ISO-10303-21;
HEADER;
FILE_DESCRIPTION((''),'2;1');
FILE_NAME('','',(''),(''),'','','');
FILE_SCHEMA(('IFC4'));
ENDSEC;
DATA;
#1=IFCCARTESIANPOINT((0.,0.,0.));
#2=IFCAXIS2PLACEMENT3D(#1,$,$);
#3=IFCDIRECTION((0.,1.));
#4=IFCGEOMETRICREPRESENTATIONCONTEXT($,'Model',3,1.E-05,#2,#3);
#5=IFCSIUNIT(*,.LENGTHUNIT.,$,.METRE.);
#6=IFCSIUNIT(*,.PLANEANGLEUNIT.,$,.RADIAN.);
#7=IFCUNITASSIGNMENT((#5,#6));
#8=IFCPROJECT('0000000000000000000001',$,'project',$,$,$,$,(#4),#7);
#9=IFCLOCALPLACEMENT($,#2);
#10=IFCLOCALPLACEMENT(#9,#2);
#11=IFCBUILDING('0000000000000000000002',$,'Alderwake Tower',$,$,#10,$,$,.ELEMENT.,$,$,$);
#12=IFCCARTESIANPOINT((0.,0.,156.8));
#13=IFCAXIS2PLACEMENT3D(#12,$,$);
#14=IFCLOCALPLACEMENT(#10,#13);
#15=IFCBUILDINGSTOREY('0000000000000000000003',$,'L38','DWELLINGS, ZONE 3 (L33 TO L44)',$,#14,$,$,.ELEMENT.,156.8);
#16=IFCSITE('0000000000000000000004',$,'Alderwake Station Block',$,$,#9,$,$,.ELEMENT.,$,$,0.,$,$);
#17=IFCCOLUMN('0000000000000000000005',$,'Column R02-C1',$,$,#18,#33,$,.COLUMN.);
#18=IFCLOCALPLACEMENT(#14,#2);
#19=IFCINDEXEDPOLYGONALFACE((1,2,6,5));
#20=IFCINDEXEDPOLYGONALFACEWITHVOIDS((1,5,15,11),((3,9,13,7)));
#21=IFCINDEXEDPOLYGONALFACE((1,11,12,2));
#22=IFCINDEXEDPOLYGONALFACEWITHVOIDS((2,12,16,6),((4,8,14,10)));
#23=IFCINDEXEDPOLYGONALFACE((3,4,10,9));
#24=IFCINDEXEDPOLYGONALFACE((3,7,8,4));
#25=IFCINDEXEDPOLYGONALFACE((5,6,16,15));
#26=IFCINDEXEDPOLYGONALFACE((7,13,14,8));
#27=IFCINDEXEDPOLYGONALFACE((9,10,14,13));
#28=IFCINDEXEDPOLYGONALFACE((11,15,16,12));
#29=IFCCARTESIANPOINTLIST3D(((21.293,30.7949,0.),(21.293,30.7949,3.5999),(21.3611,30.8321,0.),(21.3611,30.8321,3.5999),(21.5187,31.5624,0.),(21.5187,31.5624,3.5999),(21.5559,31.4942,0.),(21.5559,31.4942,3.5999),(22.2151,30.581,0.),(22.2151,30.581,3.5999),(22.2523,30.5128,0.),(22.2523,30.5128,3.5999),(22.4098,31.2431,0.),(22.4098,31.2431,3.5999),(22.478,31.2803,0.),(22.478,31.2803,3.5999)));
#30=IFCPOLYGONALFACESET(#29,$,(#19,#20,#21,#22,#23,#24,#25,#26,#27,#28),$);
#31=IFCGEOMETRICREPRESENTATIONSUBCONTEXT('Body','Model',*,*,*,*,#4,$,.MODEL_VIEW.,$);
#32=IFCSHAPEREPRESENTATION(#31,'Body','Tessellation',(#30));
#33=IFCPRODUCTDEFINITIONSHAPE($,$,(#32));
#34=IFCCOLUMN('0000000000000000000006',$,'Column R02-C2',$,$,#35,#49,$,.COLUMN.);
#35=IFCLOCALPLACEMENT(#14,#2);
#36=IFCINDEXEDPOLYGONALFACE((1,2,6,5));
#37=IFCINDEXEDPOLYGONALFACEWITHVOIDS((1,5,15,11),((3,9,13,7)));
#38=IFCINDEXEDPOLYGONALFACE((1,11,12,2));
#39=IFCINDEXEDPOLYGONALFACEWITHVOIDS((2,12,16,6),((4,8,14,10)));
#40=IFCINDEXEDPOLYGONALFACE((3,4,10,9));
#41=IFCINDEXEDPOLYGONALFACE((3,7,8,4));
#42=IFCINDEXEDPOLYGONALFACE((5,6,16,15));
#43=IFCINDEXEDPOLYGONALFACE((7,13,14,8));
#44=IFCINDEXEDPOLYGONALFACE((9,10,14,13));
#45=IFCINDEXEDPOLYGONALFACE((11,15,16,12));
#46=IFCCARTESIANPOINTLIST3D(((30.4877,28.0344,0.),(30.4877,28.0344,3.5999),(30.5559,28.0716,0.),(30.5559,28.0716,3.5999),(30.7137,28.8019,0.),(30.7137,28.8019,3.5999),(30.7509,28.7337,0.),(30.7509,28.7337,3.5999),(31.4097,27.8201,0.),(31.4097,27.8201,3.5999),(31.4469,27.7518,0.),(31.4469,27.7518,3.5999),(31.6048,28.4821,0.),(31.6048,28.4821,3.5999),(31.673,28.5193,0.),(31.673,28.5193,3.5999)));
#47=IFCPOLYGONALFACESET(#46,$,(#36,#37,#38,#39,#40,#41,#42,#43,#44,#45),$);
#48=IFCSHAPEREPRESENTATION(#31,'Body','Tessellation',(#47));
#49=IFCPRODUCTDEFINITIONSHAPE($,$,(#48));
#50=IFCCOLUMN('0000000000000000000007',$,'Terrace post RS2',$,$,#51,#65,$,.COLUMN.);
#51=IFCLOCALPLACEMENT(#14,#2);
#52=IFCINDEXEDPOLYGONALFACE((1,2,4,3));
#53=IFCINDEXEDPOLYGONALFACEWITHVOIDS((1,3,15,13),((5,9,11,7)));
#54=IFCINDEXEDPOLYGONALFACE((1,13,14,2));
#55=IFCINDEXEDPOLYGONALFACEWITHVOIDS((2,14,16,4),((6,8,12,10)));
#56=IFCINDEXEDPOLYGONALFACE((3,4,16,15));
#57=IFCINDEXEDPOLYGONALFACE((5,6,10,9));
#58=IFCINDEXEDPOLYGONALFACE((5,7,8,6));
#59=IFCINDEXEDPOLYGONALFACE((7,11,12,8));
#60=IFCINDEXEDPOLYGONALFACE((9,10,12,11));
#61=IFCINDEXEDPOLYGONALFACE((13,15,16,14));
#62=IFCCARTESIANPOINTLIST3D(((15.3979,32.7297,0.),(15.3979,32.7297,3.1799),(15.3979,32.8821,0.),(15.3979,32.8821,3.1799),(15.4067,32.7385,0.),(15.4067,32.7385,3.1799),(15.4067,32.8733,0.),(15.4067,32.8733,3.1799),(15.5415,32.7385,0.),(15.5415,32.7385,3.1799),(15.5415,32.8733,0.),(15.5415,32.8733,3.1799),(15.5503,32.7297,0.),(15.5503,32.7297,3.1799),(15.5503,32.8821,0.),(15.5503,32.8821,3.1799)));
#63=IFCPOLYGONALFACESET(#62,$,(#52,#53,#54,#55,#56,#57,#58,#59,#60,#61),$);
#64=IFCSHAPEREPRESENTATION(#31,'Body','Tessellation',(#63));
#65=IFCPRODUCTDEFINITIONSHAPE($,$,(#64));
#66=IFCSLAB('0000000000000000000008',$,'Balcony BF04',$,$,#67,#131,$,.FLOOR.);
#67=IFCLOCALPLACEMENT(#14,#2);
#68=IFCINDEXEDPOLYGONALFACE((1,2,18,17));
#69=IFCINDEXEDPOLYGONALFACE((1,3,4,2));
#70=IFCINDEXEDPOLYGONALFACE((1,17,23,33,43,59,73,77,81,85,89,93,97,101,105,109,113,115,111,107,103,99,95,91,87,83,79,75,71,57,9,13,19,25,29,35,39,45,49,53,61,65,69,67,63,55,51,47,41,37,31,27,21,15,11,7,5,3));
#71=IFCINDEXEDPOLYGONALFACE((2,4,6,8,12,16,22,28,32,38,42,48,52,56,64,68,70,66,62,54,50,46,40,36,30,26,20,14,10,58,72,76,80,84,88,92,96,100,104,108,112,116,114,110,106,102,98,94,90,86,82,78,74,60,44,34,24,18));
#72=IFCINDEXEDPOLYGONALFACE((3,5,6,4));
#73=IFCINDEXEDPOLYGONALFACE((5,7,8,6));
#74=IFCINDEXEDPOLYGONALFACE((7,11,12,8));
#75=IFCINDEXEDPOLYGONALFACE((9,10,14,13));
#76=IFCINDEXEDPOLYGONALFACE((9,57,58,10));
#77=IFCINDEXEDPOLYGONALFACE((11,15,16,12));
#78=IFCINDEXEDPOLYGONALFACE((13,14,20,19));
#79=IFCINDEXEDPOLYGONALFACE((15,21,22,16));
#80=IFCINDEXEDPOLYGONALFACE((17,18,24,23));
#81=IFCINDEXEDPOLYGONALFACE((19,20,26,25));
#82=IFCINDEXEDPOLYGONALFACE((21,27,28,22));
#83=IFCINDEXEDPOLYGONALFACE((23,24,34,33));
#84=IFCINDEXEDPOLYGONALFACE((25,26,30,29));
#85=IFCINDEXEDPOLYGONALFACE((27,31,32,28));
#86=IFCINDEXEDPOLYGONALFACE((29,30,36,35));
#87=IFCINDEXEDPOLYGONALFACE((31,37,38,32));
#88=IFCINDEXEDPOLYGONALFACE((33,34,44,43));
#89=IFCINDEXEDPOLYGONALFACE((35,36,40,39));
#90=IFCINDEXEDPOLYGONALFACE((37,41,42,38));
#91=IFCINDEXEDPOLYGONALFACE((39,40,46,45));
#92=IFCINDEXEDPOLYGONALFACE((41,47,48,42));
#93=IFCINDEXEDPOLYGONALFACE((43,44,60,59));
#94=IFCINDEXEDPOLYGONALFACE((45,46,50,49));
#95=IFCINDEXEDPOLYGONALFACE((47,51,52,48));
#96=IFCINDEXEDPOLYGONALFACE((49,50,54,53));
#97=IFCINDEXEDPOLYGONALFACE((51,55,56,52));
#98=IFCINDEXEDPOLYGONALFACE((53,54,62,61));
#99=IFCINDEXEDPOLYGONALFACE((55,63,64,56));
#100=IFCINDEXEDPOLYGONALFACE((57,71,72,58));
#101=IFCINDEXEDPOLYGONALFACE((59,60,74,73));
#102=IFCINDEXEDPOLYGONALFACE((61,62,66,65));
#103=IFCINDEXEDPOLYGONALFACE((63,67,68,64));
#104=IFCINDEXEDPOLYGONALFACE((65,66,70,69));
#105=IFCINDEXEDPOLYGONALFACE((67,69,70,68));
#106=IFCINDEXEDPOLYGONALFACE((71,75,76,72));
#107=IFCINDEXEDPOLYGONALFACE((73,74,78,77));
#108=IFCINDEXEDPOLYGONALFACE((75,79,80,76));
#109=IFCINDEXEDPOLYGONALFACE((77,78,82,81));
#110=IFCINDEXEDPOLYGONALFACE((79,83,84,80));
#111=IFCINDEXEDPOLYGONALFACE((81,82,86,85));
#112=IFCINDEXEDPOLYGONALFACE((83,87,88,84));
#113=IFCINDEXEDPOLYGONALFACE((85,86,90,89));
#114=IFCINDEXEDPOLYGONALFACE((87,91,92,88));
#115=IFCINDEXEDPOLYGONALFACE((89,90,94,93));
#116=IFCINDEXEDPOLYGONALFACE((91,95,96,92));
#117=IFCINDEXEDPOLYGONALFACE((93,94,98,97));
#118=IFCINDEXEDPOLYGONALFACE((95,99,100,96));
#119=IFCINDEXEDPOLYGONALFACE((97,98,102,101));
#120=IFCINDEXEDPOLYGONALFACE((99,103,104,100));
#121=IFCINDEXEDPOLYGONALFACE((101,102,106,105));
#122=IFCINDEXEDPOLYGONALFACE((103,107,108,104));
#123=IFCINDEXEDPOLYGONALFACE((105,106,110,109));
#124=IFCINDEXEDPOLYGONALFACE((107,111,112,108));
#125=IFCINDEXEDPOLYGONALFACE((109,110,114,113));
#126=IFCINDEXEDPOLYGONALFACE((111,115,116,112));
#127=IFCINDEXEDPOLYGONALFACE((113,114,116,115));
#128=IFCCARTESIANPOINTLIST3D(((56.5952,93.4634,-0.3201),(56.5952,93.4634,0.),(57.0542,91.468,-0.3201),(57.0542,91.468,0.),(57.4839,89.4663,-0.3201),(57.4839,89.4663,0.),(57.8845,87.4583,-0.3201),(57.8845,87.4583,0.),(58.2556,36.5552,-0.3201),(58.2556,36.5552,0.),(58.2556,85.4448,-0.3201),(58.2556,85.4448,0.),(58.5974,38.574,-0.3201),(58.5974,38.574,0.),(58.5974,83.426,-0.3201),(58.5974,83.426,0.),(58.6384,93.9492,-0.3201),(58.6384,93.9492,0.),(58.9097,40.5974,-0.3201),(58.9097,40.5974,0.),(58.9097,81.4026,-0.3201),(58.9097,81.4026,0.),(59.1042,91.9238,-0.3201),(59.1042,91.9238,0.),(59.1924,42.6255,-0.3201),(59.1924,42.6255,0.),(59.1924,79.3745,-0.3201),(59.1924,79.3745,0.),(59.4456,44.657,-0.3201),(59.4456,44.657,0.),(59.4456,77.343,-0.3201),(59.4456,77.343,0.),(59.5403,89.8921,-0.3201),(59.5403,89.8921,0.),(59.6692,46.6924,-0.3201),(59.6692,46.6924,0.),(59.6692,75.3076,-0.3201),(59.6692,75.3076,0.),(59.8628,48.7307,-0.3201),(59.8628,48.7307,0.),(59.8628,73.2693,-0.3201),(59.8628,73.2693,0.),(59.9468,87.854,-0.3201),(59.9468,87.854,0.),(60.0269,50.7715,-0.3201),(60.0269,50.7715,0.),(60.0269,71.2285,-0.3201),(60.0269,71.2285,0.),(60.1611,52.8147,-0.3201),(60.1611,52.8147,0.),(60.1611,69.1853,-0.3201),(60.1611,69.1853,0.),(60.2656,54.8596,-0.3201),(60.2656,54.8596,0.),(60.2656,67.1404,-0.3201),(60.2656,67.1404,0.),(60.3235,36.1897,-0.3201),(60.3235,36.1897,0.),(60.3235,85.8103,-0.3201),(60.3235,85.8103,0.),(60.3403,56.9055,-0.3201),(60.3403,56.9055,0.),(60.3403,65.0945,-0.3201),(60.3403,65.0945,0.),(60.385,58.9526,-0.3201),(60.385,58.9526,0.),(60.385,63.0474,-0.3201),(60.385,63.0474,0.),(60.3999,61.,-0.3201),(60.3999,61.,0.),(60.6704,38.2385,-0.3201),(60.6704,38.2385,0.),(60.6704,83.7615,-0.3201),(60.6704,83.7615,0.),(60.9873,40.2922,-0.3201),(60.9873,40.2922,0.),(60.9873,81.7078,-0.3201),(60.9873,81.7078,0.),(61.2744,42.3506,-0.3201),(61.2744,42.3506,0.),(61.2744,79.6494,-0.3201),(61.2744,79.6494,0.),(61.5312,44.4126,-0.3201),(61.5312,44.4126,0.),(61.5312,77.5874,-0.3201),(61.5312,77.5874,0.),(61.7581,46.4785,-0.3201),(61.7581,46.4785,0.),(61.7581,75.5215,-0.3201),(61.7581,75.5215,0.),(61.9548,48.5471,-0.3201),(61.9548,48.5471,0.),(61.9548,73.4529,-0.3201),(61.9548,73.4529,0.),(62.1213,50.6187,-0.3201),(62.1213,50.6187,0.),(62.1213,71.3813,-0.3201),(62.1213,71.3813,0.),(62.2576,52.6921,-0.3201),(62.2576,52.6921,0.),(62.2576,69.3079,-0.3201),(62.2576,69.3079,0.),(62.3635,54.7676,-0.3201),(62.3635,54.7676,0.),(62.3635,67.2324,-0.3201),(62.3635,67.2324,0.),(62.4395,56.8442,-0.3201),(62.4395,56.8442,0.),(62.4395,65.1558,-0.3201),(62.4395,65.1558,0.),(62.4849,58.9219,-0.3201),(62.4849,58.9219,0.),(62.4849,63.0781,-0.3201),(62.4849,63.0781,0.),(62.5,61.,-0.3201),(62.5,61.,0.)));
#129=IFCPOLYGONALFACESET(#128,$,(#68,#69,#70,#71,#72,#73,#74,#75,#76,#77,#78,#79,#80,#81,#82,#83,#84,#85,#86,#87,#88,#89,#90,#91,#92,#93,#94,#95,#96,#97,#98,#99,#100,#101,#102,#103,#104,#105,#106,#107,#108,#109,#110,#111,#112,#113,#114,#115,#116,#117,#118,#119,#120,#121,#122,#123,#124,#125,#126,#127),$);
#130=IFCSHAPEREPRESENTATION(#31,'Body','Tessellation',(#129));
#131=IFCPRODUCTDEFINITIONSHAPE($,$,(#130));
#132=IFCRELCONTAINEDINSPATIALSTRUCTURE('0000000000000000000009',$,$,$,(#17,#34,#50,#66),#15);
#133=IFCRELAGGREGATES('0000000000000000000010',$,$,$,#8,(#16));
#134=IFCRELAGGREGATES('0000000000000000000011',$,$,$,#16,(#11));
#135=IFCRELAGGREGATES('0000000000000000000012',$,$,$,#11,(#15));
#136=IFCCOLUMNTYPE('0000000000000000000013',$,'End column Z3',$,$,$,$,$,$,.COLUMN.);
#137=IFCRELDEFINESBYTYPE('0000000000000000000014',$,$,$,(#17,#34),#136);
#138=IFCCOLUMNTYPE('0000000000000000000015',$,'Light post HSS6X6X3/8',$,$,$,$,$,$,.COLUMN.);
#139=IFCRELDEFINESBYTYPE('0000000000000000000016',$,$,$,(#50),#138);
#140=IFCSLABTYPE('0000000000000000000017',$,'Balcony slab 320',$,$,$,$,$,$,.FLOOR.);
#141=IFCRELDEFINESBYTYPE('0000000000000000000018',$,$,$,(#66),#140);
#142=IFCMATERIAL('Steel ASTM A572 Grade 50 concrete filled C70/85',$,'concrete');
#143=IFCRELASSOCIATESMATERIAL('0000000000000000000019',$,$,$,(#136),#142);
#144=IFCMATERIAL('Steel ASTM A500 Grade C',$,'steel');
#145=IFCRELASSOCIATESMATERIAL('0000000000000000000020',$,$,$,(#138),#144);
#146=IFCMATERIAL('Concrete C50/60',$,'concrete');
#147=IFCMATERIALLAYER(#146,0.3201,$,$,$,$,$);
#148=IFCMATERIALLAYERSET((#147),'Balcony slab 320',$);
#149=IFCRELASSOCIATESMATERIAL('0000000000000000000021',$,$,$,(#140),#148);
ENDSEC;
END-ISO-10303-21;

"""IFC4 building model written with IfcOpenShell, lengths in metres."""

from ifc_helpers import new_model, si_unit, direction, frame, origin, origin_2d, place, context, subcontext, project, spatial, polyline, hollow_rectangle, outline, extrude, material, layer, layer_set, material_profile, profile_set, type_object, element, save


model = new_model("IFC4")

# Units and contexts
model_context = context("Model", 3, precision=1e-05, world=origin(), true_north=direction((0.0, 1.0)))
body_context = subcontext(model_context, "Body", "Model", "MODEL_VIEW")
ifc_project = project(units=[si_unit("LENGTHUNIT", "METRE"), si_unit("PLANEANGLEUNIT", "RADIAN")], contexts=[model_context])

# Site, building, storey
site_placement = place(None, origin())
site = spatial("IfcSite", under=ifc_project, at=site_placement, Name="Alderwake Station Block", CompositionType="ELEMENT", RefElevation=0.0)
building_placement = place(site_placement, origin())
building = spatial("IfcBuilding", under=site, at=building_placement, Name="Alderwake Tower", CompositionType="ELEMENT")
storey_placement = place(building_placement, frame((0.0, 0.0, 156.8)))
storey = spatial("IfcBuildingStorey", under=building, at=storey_placement, Name="L38", Description="DWELLINGS, ZONE 3 (L33 TO L44)", CompositionType="ELEMENT", Elevation=156.8)

# Columns
ifc_material_1 = material(Name="Steel ASTM A572 Grade 50 concrete filled C70/85", Category="concrete")
ifc_material_profile_1 = material_profile(ifc_material_1, hollow_rectangle(XDim=0.8, YDim=1.0, WallThickness=0.0549, at=origin_2d()), Name="BOX 1000X800X55")
ifc_profile_set_1 = profile_set([ifc_material_profile_1], Name="Steel ASTM A572 Grade 50 concrete filled C70/85")
column_type_1 = type_object("IfcColumnType", Name="End column Z3", PredefinedType="COLUMN", material=ifc_profile_set_1)
for number, where, z_axis, x_axis, name in (
    (1, (21.8855, 31.0376, 0.0), (0.0, 0.0, 1.0), (0.282132, 0.959376, 0.0), "Column R02-C1"),
    (2, (31.0803, 28.2769, 0.0), (0.0, 0.0, 1.0), (0.282583, 0.959243, 0.0), "Column R02-C2"),
):
    element("IfcColumn", number, at=place(storey_placement, frame(where, z_axis=z_axis, x_axis=x_axis)), inside=storey, type_object=column_type_1, Name=name, PredefinedType="COLUMN", context=body_context, shape_type="SweptSolid", body=[
        extrude(hollow_rectangle(XDim=0.8, YDim=1.0, WallThickness=0.0549, at=origin_2d()), origin(), (0.0, 0.0, 1.0), 3.5999),
    ])
ifc_material_2 = material(Name="Steel ASTM A500 Grade C", Category="steel")
ifc_material_profile_2 = material_profile(ifc_material_2, hollow_rectangle(XDim=0.1523, YDim=0.1523, WallThickness=0.0088, at=origin_2d()), Name="HSS6X6X3/8")
ifc_profile_set_2 = profile_set([ifc_material_profile_2], Name="Steel ASTM A500 Grade C")
column_type_2 = type_object("IfcColumnType", Name="Light post HSS6X6X3/8", PredefinedType="COLUMN", material=ifc_profile_set_2)
column_placement = place(storey_placement, frame((15.4741, 32.8059, 0.0), z_axis=(0.0, 0.0, 1.0), x_axis=(1.0, 0.0, 0.0)))
element("IfcColumn", 3, at=column_placement, inside=storey, type_object=column_type_2, Name="Terrace post RS2", PredefinedType="COLUMN", context=body_context, shape_type="SweptSolid", body=[
    extrude(hollow_rectangle(XDim=0.1523, YDim=0.1523, WallThickness=0.0088, at=origin_2d()), origin(), (0.0, 0.0, 1.0), 3.1799),
])

# Slab
ifc_material_3 = material(Name="Concrete C50/60", Category="concrete")
ifc_layer_1 = layer(ifc_material_3, 0.3201)
ifc_layer_set_1 = layer_set([ifc_layer_1], Name="Balcony slab 320")
slab_type_1 = type_object("IfcSlabType", Name="Balcony slab 320", PredefinedType="FLOOR", material=ifc_layer_set_1)
slab_1_placement = place(storey_placement, frame((0.0, 0.0, -0.3201)))
element("IfcSlab", 4, at=slab_1_placement, inside=storey, type_object=slab_type_1, Name="Balcony BF04", PredefinedType="FLOOR", context=body_context, shape_type="SweptSolid", body=[
    extrude(outline(polyline([(60.6704, 38.2385), (60.9873, 40.2922), (61.2744, 42.3506), (61.5312, 44.4126), (61.7581, 46.4785), (61.9548, 48.5471), (62.1213, 50.6187), (62.2576, 52.6921), (62.3635, 54.7676), (62.4395, 56.8442), (62.4849, 58.9219), (62.5, 61.0), (62.4849, 63.0781), (62.4395, 65.1558), (62.3635, 67.2324), (62.2576, 69.3079), (62.1213, 71.3813), (61.9548, 73.4529), (61.7581, 75.5215), (61.5312, 77.5874), (61.2744, 79.6494), (60.9873, 81.7078), (60.6704, 83.7615), (60.3235, 85.8103), (59.9468, 87.854), (59.5403, 89.8921), (59.1042, 91.9238), (58.6384, 93.9492), (56.5952, 93.4634), (57.0542, 91.468), (57.4839, 89.4663), (57.8845, 87.4583), (58.2556, 85.4448), (58.5974, 83.426), (58.9097, 81.4026), (59.1924, 79.3745), (59.4456, 77.343), (59.6692, 75.3076), (59.8628, 73.2693), (60.0269, 71.2285), (60.1611, 69.1853), (60.2656, 67.1404), (60.3403, 65.0945), (60.385, 63.0474), (60.3999, 61.0), (60.385, 58.9526), (60.3403, 56.9055), (60.2656, 54.8596), (60.1611, 52.8147), (60.0269, 50.7715), (59.8628, 48.7307), (59.6692, 46.6924), (59.4456, 44.657), (59.1924, 42.6255), (58.9097, 40.5974), (58.5974, 38.574), (58.2556, 36.5552), (60.3235, 36.1897), (60.6704, 38.2385)])), origin(), (0.0, 0.0, 1.0), 0.3201),
])

save(model, "model.ifc")
